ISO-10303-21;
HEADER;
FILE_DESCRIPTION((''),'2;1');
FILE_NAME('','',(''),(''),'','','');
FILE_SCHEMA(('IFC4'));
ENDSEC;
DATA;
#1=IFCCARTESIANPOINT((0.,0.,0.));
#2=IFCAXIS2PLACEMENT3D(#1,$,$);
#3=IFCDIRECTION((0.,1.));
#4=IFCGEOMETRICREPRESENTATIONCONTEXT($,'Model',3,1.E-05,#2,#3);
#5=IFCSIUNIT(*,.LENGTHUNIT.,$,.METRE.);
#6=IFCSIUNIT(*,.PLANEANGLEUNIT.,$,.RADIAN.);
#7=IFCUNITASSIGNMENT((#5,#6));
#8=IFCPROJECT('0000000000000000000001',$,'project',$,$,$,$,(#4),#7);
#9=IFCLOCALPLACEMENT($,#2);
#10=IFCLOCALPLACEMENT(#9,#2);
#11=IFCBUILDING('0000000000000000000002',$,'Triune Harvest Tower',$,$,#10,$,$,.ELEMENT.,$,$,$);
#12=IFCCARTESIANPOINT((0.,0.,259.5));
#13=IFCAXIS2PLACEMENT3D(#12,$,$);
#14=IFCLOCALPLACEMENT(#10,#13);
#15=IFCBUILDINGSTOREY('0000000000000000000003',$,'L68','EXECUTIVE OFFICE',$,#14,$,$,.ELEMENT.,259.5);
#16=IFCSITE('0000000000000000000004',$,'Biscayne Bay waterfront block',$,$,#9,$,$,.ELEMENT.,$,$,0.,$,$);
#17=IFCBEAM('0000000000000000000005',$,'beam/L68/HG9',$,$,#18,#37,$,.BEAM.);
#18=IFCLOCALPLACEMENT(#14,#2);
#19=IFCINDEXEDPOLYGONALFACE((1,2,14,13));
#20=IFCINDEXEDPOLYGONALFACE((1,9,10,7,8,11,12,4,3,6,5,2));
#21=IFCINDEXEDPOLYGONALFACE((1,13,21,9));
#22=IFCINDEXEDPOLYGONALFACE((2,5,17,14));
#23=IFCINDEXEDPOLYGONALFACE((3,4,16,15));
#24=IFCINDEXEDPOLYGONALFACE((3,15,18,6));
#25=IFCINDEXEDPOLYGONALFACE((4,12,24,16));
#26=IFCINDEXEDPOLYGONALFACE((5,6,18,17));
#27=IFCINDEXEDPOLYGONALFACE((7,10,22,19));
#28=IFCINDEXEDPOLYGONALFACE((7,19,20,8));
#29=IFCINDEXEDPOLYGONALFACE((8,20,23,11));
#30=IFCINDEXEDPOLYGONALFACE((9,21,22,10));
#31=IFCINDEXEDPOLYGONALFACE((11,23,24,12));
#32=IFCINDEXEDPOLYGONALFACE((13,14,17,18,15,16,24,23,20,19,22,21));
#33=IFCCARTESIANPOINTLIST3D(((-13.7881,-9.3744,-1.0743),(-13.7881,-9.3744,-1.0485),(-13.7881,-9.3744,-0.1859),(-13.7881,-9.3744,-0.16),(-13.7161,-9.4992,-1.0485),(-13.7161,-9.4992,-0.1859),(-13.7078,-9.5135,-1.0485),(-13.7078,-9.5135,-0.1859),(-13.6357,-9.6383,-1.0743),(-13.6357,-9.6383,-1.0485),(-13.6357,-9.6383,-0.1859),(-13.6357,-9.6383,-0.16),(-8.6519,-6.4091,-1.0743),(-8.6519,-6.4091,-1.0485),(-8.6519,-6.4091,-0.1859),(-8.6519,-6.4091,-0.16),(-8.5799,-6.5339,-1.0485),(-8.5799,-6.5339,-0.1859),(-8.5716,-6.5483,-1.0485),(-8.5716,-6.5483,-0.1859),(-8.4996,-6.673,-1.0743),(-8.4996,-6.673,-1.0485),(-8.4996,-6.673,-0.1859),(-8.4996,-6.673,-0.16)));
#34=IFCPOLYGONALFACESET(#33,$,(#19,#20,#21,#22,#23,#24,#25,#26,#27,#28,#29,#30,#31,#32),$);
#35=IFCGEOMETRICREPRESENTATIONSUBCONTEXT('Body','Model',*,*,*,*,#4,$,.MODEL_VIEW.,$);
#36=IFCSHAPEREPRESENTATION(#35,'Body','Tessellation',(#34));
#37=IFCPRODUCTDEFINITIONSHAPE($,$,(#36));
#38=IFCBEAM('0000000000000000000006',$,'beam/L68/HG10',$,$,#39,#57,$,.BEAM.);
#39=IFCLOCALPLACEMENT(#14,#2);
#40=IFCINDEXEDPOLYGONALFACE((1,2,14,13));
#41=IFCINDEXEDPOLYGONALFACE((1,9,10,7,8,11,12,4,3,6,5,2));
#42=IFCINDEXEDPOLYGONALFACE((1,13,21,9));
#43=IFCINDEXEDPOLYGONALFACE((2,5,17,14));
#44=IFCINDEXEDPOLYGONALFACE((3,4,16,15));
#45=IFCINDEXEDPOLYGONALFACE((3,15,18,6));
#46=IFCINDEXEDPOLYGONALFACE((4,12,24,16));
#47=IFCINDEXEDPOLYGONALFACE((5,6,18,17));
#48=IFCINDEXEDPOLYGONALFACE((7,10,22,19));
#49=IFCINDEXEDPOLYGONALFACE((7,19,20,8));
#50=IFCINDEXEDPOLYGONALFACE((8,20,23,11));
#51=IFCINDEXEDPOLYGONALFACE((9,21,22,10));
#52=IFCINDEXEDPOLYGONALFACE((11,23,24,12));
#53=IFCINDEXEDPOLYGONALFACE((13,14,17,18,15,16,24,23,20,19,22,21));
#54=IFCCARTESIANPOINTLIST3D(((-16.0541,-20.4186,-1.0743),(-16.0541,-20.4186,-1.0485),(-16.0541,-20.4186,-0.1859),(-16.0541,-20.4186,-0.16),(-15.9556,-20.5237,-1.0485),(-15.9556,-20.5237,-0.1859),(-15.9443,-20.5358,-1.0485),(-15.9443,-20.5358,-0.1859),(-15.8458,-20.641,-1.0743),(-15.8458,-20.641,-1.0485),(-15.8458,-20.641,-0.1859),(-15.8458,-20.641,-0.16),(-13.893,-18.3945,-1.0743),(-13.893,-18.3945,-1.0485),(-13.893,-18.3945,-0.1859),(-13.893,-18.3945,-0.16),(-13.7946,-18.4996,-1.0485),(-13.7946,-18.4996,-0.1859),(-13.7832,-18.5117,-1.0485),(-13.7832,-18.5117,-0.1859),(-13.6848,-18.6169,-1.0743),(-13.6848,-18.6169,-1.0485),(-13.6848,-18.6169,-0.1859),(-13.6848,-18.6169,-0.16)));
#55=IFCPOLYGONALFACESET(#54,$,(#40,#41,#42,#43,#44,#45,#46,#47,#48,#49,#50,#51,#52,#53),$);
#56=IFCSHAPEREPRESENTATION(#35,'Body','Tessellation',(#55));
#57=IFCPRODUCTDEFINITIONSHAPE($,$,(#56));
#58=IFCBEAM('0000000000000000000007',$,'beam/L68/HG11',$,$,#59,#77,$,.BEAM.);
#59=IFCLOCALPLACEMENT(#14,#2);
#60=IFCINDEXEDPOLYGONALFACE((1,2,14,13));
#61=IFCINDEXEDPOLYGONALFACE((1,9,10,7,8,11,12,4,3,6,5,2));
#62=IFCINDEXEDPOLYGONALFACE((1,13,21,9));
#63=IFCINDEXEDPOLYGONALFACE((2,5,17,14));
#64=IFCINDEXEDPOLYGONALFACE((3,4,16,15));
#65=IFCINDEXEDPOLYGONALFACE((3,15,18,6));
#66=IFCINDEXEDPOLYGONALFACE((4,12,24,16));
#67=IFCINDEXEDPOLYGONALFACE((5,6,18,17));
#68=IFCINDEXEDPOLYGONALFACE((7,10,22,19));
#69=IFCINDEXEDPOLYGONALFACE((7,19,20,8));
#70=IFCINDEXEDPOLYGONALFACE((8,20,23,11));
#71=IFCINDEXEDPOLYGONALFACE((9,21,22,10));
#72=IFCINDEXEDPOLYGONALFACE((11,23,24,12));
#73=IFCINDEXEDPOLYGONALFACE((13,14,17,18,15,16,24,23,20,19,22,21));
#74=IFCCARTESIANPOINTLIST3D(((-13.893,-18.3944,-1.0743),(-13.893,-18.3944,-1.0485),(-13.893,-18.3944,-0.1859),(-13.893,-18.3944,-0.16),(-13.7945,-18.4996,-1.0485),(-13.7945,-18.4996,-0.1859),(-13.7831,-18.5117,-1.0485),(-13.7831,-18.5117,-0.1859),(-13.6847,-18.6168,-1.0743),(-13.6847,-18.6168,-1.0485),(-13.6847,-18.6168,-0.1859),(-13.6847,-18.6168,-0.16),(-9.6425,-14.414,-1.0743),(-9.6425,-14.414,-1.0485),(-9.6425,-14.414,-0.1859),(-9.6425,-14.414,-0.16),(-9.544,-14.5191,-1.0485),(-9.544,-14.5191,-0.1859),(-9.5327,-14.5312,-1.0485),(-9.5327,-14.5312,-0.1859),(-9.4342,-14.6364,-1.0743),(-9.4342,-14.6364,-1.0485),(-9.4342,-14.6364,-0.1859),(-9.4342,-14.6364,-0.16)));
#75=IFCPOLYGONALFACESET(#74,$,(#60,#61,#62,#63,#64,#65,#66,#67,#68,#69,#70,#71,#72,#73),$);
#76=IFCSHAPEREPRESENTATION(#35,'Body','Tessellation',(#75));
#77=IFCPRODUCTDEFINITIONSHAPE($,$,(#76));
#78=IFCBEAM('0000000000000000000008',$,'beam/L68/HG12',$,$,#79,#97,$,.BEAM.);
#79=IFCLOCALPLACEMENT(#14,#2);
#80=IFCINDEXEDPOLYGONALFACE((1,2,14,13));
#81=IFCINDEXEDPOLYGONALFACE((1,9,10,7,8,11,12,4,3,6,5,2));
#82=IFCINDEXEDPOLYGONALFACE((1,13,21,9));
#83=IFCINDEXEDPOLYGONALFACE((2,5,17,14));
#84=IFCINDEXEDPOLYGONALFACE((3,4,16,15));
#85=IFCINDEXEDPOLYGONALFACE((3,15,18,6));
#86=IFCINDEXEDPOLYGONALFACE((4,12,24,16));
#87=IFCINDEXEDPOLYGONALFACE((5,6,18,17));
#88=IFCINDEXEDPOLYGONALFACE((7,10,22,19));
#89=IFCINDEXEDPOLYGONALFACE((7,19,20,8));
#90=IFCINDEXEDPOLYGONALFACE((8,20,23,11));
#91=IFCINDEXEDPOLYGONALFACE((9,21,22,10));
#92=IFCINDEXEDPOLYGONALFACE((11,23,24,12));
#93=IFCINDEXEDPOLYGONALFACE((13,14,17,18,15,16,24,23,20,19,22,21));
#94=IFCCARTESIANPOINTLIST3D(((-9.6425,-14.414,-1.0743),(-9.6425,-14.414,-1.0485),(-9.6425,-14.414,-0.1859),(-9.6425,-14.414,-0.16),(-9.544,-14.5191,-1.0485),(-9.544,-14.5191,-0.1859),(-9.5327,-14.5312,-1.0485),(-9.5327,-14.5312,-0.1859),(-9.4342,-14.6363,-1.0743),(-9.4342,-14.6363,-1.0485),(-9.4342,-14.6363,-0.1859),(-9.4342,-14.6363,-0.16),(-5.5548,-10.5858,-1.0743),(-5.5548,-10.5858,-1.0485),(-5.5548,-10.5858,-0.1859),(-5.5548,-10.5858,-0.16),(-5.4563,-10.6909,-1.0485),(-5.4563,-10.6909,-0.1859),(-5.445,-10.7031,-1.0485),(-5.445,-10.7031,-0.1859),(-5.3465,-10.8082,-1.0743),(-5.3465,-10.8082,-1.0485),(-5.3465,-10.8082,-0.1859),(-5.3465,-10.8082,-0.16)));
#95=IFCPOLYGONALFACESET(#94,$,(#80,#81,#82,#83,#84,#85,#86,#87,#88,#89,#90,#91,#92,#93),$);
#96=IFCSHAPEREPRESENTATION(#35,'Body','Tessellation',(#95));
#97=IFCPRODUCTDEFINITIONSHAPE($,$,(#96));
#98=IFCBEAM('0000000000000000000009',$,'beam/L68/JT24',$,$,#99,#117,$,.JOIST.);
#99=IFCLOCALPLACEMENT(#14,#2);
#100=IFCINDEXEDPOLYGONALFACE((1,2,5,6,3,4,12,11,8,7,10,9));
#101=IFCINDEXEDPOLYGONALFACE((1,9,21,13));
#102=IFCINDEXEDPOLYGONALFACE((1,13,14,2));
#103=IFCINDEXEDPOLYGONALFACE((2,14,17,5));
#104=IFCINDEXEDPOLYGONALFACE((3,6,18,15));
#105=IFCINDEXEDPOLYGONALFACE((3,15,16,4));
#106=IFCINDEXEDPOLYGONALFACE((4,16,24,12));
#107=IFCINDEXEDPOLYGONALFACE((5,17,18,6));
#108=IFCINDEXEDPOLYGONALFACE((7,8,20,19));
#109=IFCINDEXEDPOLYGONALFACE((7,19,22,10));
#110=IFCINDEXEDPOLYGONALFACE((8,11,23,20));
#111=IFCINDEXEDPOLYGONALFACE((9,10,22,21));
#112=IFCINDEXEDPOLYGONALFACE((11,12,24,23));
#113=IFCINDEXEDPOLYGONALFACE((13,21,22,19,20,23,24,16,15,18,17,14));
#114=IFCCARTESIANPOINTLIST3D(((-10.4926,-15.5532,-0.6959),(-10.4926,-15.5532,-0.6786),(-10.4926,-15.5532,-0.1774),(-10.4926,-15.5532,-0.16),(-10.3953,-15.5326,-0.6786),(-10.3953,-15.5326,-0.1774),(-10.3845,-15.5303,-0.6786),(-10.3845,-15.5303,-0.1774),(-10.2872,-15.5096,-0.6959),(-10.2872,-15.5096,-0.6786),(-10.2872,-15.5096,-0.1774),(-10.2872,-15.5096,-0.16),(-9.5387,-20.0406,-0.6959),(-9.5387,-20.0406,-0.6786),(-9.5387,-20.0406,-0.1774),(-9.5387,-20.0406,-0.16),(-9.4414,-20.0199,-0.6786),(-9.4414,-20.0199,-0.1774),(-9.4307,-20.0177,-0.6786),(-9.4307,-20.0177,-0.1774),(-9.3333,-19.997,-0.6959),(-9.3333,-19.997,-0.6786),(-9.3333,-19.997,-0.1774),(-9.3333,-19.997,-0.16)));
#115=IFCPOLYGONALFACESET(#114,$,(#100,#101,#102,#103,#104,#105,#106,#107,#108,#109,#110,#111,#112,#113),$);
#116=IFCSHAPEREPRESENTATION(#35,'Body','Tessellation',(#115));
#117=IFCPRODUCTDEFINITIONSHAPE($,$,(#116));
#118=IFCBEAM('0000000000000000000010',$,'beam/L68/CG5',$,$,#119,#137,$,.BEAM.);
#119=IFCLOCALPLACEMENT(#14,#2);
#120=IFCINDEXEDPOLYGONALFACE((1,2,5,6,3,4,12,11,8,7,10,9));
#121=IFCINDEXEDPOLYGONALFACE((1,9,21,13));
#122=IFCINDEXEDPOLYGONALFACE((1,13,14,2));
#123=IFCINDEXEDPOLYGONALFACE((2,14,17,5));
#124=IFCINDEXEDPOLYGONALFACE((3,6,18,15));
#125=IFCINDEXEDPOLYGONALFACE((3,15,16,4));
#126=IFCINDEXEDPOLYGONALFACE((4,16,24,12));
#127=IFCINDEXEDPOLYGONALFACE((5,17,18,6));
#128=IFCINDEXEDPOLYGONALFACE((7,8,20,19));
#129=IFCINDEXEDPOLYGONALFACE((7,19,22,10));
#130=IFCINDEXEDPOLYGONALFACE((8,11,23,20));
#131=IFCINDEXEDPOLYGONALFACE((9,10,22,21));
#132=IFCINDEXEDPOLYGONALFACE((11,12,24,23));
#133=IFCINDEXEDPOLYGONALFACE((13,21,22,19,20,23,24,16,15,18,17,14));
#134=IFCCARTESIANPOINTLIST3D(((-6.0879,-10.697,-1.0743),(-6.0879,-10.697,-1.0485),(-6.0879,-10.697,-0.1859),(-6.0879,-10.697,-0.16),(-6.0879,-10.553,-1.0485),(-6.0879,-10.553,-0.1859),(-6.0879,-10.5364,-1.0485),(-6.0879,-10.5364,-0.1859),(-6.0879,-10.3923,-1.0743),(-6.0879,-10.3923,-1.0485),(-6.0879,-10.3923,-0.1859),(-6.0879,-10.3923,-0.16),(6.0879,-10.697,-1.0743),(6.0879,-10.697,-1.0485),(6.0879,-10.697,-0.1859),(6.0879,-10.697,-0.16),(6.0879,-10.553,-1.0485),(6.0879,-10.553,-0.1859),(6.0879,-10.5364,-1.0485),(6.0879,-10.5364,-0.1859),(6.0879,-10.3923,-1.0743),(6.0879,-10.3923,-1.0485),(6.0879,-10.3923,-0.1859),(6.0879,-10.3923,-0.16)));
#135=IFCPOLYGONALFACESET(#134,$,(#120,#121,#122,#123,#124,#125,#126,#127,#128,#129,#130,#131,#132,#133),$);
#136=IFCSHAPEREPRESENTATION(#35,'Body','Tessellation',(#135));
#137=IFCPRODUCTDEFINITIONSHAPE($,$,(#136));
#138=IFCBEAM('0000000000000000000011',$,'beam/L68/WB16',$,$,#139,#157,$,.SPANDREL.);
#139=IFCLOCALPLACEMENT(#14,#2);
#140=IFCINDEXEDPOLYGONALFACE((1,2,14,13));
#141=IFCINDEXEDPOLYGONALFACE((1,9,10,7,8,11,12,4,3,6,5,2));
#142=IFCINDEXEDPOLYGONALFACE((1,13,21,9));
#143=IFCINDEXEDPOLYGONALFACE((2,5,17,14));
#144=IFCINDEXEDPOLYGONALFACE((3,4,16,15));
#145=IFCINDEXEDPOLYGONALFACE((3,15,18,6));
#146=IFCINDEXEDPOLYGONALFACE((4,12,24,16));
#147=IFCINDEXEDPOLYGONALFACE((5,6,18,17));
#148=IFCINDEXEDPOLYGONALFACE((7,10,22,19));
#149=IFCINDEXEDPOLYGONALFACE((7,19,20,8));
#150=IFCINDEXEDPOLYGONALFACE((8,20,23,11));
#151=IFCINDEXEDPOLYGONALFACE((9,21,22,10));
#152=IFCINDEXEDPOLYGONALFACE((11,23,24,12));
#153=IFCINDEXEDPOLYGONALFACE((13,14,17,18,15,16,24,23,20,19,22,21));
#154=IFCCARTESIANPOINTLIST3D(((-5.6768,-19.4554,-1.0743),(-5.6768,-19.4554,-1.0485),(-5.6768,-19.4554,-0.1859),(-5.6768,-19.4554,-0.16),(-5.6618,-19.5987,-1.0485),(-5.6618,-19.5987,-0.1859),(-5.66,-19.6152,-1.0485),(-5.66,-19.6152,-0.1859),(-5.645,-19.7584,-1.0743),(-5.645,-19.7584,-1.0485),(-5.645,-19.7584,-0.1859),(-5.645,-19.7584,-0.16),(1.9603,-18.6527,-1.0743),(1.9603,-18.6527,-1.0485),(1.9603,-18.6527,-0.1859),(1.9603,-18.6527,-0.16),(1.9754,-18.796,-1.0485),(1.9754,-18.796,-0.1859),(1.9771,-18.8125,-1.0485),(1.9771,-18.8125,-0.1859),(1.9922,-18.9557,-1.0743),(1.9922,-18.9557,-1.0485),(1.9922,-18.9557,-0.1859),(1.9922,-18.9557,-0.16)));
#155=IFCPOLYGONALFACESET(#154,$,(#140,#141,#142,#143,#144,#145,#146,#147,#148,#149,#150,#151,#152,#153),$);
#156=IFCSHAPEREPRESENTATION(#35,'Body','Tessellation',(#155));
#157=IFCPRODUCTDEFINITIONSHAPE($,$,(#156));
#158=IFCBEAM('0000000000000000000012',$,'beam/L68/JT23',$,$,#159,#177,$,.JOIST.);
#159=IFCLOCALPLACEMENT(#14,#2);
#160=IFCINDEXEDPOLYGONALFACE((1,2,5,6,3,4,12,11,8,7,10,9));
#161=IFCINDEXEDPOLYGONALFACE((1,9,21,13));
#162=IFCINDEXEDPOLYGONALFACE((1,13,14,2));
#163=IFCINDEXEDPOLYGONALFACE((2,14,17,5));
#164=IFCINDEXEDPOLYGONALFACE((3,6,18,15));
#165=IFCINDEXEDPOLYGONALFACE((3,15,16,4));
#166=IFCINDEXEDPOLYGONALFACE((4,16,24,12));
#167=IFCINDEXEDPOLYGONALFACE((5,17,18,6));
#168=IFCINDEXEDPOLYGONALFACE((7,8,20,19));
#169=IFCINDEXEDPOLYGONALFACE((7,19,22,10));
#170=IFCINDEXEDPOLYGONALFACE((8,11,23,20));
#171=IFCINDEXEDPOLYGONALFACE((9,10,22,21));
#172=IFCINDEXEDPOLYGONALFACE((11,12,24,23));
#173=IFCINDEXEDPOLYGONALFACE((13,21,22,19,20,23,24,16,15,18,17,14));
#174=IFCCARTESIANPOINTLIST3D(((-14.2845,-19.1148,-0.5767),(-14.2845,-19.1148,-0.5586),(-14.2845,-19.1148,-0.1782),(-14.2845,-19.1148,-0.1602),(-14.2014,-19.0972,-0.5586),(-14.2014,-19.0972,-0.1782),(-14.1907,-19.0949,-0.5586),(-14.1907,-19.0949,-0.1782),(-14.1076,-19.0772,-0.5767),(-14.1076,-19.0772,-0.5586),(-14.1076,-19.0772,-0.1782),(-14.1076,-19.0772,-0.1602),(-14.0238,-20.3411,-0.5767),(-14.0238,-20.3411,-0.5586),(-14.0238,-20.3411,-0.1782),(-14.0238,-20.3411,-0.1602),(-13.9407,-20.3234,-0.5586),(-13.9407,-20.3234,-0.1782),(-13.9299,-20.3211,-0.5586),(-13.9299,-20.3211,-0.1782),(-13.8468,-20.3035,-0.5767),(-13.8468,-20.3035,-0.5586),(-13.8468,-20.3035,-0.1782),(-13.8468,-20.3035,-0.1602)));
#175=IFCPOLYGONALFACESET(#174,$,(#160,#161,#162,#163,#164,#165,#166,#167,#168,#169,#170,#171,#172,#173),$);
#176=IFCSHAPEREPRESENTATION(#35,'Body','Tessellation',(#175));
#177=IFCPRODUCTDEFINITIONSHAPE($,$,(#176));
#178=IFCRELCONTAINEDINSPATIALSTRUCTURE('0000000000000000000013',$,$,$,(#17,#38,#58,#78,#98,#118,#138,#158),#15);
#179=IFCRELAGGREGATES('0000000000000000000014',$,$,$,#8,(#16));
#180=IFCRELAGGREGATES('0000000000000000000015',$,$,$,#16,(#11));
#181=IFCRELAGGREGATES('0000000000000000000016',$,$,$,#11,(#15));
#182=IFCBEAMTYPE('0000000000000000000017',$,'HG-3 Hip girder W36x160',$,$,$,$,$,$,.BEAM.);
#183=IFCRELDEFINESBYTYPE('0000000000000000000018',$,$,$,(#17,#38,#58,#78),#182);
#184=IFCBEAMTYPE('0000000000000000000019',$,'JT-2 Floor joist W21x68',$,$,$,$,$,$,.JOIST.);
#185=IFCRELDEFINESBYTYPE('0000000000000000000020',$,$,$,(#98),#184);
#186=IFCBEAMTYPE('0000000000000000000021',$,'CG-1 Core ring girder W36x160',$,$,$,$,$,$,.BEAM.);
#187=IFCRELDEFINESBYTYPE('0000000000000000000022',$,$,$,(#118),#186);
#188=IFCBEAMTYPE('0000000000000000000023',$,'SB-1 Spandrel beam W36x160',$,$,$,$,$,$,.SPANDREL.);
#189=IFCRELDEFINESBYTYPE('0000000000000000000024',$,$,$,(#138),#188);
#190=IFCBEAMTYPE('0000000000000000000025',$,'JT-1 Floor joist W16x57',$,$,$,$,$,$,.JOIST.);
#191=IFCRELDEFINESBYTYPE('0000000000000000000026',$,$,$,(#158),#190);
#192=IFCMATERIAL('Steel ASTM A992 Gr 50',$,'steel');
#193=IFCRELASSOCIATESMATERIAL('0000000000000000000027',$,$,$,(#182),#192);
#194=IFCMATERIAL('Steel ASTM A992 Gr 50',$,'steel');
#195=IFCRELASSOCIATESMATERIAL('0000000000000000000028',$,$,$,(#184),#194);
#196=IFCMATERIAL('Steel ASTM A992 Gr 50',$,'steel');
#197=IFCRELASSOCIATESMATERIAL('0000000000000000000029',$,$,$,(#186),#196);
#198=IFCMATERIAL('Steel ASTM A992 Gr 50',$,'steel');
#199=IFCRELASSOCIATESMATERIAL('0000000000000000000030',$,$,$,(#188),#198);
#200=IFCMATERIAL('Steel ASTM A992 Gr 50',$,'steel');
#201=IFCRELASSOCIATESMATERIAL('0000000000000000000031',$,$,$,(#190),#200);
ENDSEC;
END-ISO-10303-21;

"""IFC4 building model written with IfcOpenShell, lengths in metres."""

from ifc_helpers import new_model, si_unit, direction, frame, origin, origin_2d, place, context, subcontext, project, spatial, i_section, extrude, source, transform, mapped, material, material_profile, profile_set, type_object, element, save


model = new_model("IFC4")

# Units and contexts
model_context = context("Model", 3, precision=1e-05, world=origin(), true_north=direction((0.0, 1.0)))
body_context = subcontext(model_context, "Body", "Model", "MODEL_VIEW")
ifc_project = project(units=[si_unit("LENGTHUNIT", "METRE"), si_unit("PLANEANGLEUNIT", "RADIAN")], contexts=[model_context])

# Site, building, storey
site_placement = place(None, origin())
site = spatial("IfcSite", under=ifc_project, at=site_placement, Name="Biscayne Bay waterfront block", CompositionType="ELEMENT", RefElevation=0.0)
building_placement = place(site_placement, origin())
building = spatial("IfcBuilding", under=site, at=building_placement, Name="Triune Harvest Tower", CompositionType="ELEMENT")
storey_placement = place(building_placement, frame((0.0, 0.0, 259.5)))
storey = spatial("IfcBuildingStorey", under=building, at=storey_placement, Name="L68", Description="EXECUTIVE OFFICE", CompositionType="ELEMENT", Elevation=259.5)

# Beams
ifc_material_1 = material(Name="Steel ASTM A992 Gr 50", Category="steel")
ifc_material_profile_1 = material_profile(ifc_material_1, i_section(OverallWidth=0.3047, OverallDepth=0.9143, WebThickness=0.0166, FlangeThickness=0.0259, at=origin_2d()), Name="W36x160")
ifc_profile_set_1 = profile_set([ifc_material_profile_1], Name="Steel ASTM A992 Gr 50")
beam_type_1 = type_object("IfcBeamType", Name="HG-3 Hip girder W36x160", PredefinedType="BEAM", material=ifc_profile_set_1)
beam_1_placement = place(storey_placement, frame((-13.7119, -9.5063, -0.6172), z_axis=(0.866031, 0.499991, 0.0), x_axis=(-0.499991, 0.866031, 0.0)))
element("IfcBeam", 1, at=beam_1_placement, inside=storey, type_object=beam_type_1, Name="beam/L68/HG9", PredefinedType="BEAM", context=body_context, shape_type="SweptSolid", body=[
    extrude(i_section(OverallWidth=0.3047, OverallDepth=0.9143, WebThickness=0.0166, FlangeThickness=0.0259, at=origin_2d()), origin(), (0.0, 0.0, 1.0), 5.9307),
])
beam_2_placement = place(storey_placement, frame((-15.95, -20.5298, -0.6172), z_axis=(0.729856, 0.683601, 0.0), x_axis=(-0.683601, 0.729856, 0.0)))
element("IfcBeam", 2, at=beam_2_placement, inside=storey, type_object=beam_type_1, Name="beam/L68/HG10", PredefinedType="BEAM", context=body_context, shape_type="SweptSolid", body=[
    extrude(i_section(OverallWidth=0.3047, OverallDepth=0.9143, WebThickness=0.0166, FlangeThickness=0.0259, at=origin_2d()), origin(), (0.0, 0.0, 1.0), 2.9609),
])
beam_3_placement = place(storey_placement, frame((-13.7888, -18.5056, -0.6172), z_axis=(0.729911, 0.683542, 0.0), x_axis=(-0.683542, 0.729911, 0.0)))
element("IfcBeam", 3, at=beam_3_placement, inside=storey, type_object=beam_type_1, Name="beam/L68/HG11", PredefinedType="BEAM", context=body_context, shape_type="SweptSolid", body=[
    extrude(i_section(OverallWidth=0.3047, OverallDepth=0.9143, WebThickness=0.0166, FlangeThickness=0.0259, at=origin_2d()), origin(), (0.0, 0.0, 1.0), 5.8232),
])
beam_4_placement = place(storey_placement, frame((-9.5383, -14.5251, -0.6172), z_axis=(0.729897, 0.683557, 0.0), x_axis=(-0.683557, 0.729897, 0.0)))
element("IfcBeam", 4, at=beam_4_placement, inside=storey, type_object=beam_type_1, Name="beam/L68/HG12", PredefinedType="BEAM", context=body_context, shape_type="SweptSolid", body=[
    extrude(i_section(OverallWidth=0.3047, OverallDepth=0.9143, WebThickness=0.0166, FlangeThickness=0.0259, at=origin_2d()), origin(), (0.0, 0.0, 1.0), 5.6003),
])
ifc_material_2 = material(Name="Steel ASTM A992 Gr 50", Category="steel")
ifc_material_profile_2 = material_profile(ifc_material_2, i_section(OverallWidth=0.21, OverallDepth=0.5359, WebThickness=0.011, FlangeThickness=0.0173, at=origin_2d()), Name="W21x68")
ifc_profile_set_2 = profile_set([ifc_material_profile_2], Name="Steel ASTM A992 Gr 50")
beam_type_2 = type_object("IfcBeamType", Name="JT-2 Floor joist W21x68", PredefinedType="JOIST", material=ifc_profile_set_2)
beam_5_placement = place(storey_placement, frame((-9.436, -20.0188, -0.428), z_axis=(-0.207922, 0.978145, 0.0), x_axis=(-0.978145, -0.207922, 0.0)))
element("IfcBeam", 5, at=beam_5_placement, inside=storey, type_object=beam_type_2, Name="beam/L68/JT24", PredefinedType="JOIST", context=body_context, shape_type="SweptSolid", body=[
    extrude(i_section(OverallWidth=0.21, OverallDepth=0.5359, WebThickness=0.011, FlangeThickness=0.0173, at=origin_2d()), origin(), (0.0, 0.0, 1.0), 4.5876),
])
ifc_material_3 = material(Name="Steel ASTM A992 Gr 50", Category="steel")
ifc_material_profile_3 = material_profile(ifc_material_3, i_section(OverallWidth=0.3047, OverallDepth=0.9143, WebThickness=0.0166, FlangeThickness=0.0259, at=origin_2d()), Name="W36x160")
ifc_profile_set_3 = profile_set([ifc_material_profile_3], Name="Steel ASTM A992 Gr 50")
beam_type_3 = type_object("IfcBeamType", Name="CG-1 Core ring girder W36x160", PredefinedType="BEAM", material=ifc_profile_set_3)
shared_shape_1 = source(origin(), body_context, "Body", "SweptSolid", [
    extrude(i_section(OverallWidth=0.3047, OverallDepth=0.9143, WebThickness=0.0166, FlangeThickness=0.0259, at=origin_2d()), origin(), (0.0, 0.0, 1.0), 12.1758),
])
beam_6_placement = place(storey_placement, frame((-6.0879, -10.5447, -0.6172), z_axis=(1.0, 0.0, 0.0), x_axis=(0.0, 1.0, 0.0)))
element("IfcBeam", 6, at=beam_6_placement, inside=storey, type_object=beam_type_3, Name="beam/L68/CG5", PredefinedType="BEAM", context=body_context, shape_type="MappedRepresentation", body=[
    mapped(shared_shape_1, transform((0.0, 0.0, 0.0), scale=1.0)),
])
ifc_material_4 = material(Name="Steel ASTM A992 Gr 50", Category="steel")
ifc_material_profile_4 = material_profile(ifc_material_4, i_section(OverallWidth=0.3047, OverallDepth=0.9143, WebThickness=0.0166, FlangeThickness=0.0259, at=origin_2d()), Name="W36x160")
ifc_profile_set_4 = profile_set([ifc_material_profile_4], Name="Steel ASTM A992 Gr 50")
beam_type_4 = type_object("IfcBeamType", Name="SB-1 Spandrel beam W36x160", PredefinedType="SPANDREL", material=ifc_profile_set_4)
shared_shape_2 = source(origin(), body_context, "Body", "SweptSolid", [
    extrude(i_section(OverallWidth=0.3047, OverallDepth=0.9143, WebThickness=0.0166, FlangeThickness=0.0259, at=origin_2d()), origin(), (0.0, 0.0, 1.0), 7.6792),
])
beam_7_placement = place(storey_placement, frame((-5.6609, -19.6069, -0.6172), z_axis=(0.994521, 0.104533, 0.0), x_axis=(-0.104533, 0.994521, 0.0)))
element("IfcBeam", 7, at=beam_7_placement, inside=storey, type_object=beam_type_4, Name="beam/L68/WB16", PredefinedType="SPANDREL", context=body_context, shape_type="MappedRepresentation", body=[
    mapped(shared_shape_2, transform((0.0, 0.0, 0.0), scale=1.0)),
])
ifc_material_5 = material(Name="Steel ASTM A992 Gr 50", Category="steel")
ifc_material_profile_5 = material_profile(ifc_material_5, i_section(OverallWidth=0.1809, OverallDepth=0.4165, WebThickness=0.011, FlangeThickness=0.0181, at=origin_2d()), Name="W16x57")
ifc_profile_set_5 = profile_set([ifc_material_profile_5], Name="Steel ASTM A992 Gr 50")
beam_type_5 = type_object("IfcBeamType", Name="JT-1 Floor joist W16x57", PredefinedType="JOIST", material=ifc_profile_set_5)
shared_shape_3 = source(origin(), body_context, "Body", "SweptSolid", [
    extrude(i_section(OverallWidth=0.1809, OverallDepth=0.4165, WebThickness=0.011, FlangeThickness=0.0181, at=origin_2d()), origin(), (0.0, 0.0, 1.0), 1.2537),
])
beam_8_placement = place(storey_placement, frame((-13.9353, -20.3223, -0.3684), z_axis=(-0.207973, 0.978135, 0.0), x_axis=(-0.978135, -0.207973, 0.0)))
element("IfcBeam", 8, at=beam_8_placement, inside=storey, type_object=beam_type_5, Name="beam/L68/JT23", PredefinedType="JOIST", context=body_context, shape_type="MappedRepresentation", body=[
    mapped(shared_shape_3, transform((0.0, 0.0, 0.0), scale=1.0)),
])

save(model, "model.ifc")
